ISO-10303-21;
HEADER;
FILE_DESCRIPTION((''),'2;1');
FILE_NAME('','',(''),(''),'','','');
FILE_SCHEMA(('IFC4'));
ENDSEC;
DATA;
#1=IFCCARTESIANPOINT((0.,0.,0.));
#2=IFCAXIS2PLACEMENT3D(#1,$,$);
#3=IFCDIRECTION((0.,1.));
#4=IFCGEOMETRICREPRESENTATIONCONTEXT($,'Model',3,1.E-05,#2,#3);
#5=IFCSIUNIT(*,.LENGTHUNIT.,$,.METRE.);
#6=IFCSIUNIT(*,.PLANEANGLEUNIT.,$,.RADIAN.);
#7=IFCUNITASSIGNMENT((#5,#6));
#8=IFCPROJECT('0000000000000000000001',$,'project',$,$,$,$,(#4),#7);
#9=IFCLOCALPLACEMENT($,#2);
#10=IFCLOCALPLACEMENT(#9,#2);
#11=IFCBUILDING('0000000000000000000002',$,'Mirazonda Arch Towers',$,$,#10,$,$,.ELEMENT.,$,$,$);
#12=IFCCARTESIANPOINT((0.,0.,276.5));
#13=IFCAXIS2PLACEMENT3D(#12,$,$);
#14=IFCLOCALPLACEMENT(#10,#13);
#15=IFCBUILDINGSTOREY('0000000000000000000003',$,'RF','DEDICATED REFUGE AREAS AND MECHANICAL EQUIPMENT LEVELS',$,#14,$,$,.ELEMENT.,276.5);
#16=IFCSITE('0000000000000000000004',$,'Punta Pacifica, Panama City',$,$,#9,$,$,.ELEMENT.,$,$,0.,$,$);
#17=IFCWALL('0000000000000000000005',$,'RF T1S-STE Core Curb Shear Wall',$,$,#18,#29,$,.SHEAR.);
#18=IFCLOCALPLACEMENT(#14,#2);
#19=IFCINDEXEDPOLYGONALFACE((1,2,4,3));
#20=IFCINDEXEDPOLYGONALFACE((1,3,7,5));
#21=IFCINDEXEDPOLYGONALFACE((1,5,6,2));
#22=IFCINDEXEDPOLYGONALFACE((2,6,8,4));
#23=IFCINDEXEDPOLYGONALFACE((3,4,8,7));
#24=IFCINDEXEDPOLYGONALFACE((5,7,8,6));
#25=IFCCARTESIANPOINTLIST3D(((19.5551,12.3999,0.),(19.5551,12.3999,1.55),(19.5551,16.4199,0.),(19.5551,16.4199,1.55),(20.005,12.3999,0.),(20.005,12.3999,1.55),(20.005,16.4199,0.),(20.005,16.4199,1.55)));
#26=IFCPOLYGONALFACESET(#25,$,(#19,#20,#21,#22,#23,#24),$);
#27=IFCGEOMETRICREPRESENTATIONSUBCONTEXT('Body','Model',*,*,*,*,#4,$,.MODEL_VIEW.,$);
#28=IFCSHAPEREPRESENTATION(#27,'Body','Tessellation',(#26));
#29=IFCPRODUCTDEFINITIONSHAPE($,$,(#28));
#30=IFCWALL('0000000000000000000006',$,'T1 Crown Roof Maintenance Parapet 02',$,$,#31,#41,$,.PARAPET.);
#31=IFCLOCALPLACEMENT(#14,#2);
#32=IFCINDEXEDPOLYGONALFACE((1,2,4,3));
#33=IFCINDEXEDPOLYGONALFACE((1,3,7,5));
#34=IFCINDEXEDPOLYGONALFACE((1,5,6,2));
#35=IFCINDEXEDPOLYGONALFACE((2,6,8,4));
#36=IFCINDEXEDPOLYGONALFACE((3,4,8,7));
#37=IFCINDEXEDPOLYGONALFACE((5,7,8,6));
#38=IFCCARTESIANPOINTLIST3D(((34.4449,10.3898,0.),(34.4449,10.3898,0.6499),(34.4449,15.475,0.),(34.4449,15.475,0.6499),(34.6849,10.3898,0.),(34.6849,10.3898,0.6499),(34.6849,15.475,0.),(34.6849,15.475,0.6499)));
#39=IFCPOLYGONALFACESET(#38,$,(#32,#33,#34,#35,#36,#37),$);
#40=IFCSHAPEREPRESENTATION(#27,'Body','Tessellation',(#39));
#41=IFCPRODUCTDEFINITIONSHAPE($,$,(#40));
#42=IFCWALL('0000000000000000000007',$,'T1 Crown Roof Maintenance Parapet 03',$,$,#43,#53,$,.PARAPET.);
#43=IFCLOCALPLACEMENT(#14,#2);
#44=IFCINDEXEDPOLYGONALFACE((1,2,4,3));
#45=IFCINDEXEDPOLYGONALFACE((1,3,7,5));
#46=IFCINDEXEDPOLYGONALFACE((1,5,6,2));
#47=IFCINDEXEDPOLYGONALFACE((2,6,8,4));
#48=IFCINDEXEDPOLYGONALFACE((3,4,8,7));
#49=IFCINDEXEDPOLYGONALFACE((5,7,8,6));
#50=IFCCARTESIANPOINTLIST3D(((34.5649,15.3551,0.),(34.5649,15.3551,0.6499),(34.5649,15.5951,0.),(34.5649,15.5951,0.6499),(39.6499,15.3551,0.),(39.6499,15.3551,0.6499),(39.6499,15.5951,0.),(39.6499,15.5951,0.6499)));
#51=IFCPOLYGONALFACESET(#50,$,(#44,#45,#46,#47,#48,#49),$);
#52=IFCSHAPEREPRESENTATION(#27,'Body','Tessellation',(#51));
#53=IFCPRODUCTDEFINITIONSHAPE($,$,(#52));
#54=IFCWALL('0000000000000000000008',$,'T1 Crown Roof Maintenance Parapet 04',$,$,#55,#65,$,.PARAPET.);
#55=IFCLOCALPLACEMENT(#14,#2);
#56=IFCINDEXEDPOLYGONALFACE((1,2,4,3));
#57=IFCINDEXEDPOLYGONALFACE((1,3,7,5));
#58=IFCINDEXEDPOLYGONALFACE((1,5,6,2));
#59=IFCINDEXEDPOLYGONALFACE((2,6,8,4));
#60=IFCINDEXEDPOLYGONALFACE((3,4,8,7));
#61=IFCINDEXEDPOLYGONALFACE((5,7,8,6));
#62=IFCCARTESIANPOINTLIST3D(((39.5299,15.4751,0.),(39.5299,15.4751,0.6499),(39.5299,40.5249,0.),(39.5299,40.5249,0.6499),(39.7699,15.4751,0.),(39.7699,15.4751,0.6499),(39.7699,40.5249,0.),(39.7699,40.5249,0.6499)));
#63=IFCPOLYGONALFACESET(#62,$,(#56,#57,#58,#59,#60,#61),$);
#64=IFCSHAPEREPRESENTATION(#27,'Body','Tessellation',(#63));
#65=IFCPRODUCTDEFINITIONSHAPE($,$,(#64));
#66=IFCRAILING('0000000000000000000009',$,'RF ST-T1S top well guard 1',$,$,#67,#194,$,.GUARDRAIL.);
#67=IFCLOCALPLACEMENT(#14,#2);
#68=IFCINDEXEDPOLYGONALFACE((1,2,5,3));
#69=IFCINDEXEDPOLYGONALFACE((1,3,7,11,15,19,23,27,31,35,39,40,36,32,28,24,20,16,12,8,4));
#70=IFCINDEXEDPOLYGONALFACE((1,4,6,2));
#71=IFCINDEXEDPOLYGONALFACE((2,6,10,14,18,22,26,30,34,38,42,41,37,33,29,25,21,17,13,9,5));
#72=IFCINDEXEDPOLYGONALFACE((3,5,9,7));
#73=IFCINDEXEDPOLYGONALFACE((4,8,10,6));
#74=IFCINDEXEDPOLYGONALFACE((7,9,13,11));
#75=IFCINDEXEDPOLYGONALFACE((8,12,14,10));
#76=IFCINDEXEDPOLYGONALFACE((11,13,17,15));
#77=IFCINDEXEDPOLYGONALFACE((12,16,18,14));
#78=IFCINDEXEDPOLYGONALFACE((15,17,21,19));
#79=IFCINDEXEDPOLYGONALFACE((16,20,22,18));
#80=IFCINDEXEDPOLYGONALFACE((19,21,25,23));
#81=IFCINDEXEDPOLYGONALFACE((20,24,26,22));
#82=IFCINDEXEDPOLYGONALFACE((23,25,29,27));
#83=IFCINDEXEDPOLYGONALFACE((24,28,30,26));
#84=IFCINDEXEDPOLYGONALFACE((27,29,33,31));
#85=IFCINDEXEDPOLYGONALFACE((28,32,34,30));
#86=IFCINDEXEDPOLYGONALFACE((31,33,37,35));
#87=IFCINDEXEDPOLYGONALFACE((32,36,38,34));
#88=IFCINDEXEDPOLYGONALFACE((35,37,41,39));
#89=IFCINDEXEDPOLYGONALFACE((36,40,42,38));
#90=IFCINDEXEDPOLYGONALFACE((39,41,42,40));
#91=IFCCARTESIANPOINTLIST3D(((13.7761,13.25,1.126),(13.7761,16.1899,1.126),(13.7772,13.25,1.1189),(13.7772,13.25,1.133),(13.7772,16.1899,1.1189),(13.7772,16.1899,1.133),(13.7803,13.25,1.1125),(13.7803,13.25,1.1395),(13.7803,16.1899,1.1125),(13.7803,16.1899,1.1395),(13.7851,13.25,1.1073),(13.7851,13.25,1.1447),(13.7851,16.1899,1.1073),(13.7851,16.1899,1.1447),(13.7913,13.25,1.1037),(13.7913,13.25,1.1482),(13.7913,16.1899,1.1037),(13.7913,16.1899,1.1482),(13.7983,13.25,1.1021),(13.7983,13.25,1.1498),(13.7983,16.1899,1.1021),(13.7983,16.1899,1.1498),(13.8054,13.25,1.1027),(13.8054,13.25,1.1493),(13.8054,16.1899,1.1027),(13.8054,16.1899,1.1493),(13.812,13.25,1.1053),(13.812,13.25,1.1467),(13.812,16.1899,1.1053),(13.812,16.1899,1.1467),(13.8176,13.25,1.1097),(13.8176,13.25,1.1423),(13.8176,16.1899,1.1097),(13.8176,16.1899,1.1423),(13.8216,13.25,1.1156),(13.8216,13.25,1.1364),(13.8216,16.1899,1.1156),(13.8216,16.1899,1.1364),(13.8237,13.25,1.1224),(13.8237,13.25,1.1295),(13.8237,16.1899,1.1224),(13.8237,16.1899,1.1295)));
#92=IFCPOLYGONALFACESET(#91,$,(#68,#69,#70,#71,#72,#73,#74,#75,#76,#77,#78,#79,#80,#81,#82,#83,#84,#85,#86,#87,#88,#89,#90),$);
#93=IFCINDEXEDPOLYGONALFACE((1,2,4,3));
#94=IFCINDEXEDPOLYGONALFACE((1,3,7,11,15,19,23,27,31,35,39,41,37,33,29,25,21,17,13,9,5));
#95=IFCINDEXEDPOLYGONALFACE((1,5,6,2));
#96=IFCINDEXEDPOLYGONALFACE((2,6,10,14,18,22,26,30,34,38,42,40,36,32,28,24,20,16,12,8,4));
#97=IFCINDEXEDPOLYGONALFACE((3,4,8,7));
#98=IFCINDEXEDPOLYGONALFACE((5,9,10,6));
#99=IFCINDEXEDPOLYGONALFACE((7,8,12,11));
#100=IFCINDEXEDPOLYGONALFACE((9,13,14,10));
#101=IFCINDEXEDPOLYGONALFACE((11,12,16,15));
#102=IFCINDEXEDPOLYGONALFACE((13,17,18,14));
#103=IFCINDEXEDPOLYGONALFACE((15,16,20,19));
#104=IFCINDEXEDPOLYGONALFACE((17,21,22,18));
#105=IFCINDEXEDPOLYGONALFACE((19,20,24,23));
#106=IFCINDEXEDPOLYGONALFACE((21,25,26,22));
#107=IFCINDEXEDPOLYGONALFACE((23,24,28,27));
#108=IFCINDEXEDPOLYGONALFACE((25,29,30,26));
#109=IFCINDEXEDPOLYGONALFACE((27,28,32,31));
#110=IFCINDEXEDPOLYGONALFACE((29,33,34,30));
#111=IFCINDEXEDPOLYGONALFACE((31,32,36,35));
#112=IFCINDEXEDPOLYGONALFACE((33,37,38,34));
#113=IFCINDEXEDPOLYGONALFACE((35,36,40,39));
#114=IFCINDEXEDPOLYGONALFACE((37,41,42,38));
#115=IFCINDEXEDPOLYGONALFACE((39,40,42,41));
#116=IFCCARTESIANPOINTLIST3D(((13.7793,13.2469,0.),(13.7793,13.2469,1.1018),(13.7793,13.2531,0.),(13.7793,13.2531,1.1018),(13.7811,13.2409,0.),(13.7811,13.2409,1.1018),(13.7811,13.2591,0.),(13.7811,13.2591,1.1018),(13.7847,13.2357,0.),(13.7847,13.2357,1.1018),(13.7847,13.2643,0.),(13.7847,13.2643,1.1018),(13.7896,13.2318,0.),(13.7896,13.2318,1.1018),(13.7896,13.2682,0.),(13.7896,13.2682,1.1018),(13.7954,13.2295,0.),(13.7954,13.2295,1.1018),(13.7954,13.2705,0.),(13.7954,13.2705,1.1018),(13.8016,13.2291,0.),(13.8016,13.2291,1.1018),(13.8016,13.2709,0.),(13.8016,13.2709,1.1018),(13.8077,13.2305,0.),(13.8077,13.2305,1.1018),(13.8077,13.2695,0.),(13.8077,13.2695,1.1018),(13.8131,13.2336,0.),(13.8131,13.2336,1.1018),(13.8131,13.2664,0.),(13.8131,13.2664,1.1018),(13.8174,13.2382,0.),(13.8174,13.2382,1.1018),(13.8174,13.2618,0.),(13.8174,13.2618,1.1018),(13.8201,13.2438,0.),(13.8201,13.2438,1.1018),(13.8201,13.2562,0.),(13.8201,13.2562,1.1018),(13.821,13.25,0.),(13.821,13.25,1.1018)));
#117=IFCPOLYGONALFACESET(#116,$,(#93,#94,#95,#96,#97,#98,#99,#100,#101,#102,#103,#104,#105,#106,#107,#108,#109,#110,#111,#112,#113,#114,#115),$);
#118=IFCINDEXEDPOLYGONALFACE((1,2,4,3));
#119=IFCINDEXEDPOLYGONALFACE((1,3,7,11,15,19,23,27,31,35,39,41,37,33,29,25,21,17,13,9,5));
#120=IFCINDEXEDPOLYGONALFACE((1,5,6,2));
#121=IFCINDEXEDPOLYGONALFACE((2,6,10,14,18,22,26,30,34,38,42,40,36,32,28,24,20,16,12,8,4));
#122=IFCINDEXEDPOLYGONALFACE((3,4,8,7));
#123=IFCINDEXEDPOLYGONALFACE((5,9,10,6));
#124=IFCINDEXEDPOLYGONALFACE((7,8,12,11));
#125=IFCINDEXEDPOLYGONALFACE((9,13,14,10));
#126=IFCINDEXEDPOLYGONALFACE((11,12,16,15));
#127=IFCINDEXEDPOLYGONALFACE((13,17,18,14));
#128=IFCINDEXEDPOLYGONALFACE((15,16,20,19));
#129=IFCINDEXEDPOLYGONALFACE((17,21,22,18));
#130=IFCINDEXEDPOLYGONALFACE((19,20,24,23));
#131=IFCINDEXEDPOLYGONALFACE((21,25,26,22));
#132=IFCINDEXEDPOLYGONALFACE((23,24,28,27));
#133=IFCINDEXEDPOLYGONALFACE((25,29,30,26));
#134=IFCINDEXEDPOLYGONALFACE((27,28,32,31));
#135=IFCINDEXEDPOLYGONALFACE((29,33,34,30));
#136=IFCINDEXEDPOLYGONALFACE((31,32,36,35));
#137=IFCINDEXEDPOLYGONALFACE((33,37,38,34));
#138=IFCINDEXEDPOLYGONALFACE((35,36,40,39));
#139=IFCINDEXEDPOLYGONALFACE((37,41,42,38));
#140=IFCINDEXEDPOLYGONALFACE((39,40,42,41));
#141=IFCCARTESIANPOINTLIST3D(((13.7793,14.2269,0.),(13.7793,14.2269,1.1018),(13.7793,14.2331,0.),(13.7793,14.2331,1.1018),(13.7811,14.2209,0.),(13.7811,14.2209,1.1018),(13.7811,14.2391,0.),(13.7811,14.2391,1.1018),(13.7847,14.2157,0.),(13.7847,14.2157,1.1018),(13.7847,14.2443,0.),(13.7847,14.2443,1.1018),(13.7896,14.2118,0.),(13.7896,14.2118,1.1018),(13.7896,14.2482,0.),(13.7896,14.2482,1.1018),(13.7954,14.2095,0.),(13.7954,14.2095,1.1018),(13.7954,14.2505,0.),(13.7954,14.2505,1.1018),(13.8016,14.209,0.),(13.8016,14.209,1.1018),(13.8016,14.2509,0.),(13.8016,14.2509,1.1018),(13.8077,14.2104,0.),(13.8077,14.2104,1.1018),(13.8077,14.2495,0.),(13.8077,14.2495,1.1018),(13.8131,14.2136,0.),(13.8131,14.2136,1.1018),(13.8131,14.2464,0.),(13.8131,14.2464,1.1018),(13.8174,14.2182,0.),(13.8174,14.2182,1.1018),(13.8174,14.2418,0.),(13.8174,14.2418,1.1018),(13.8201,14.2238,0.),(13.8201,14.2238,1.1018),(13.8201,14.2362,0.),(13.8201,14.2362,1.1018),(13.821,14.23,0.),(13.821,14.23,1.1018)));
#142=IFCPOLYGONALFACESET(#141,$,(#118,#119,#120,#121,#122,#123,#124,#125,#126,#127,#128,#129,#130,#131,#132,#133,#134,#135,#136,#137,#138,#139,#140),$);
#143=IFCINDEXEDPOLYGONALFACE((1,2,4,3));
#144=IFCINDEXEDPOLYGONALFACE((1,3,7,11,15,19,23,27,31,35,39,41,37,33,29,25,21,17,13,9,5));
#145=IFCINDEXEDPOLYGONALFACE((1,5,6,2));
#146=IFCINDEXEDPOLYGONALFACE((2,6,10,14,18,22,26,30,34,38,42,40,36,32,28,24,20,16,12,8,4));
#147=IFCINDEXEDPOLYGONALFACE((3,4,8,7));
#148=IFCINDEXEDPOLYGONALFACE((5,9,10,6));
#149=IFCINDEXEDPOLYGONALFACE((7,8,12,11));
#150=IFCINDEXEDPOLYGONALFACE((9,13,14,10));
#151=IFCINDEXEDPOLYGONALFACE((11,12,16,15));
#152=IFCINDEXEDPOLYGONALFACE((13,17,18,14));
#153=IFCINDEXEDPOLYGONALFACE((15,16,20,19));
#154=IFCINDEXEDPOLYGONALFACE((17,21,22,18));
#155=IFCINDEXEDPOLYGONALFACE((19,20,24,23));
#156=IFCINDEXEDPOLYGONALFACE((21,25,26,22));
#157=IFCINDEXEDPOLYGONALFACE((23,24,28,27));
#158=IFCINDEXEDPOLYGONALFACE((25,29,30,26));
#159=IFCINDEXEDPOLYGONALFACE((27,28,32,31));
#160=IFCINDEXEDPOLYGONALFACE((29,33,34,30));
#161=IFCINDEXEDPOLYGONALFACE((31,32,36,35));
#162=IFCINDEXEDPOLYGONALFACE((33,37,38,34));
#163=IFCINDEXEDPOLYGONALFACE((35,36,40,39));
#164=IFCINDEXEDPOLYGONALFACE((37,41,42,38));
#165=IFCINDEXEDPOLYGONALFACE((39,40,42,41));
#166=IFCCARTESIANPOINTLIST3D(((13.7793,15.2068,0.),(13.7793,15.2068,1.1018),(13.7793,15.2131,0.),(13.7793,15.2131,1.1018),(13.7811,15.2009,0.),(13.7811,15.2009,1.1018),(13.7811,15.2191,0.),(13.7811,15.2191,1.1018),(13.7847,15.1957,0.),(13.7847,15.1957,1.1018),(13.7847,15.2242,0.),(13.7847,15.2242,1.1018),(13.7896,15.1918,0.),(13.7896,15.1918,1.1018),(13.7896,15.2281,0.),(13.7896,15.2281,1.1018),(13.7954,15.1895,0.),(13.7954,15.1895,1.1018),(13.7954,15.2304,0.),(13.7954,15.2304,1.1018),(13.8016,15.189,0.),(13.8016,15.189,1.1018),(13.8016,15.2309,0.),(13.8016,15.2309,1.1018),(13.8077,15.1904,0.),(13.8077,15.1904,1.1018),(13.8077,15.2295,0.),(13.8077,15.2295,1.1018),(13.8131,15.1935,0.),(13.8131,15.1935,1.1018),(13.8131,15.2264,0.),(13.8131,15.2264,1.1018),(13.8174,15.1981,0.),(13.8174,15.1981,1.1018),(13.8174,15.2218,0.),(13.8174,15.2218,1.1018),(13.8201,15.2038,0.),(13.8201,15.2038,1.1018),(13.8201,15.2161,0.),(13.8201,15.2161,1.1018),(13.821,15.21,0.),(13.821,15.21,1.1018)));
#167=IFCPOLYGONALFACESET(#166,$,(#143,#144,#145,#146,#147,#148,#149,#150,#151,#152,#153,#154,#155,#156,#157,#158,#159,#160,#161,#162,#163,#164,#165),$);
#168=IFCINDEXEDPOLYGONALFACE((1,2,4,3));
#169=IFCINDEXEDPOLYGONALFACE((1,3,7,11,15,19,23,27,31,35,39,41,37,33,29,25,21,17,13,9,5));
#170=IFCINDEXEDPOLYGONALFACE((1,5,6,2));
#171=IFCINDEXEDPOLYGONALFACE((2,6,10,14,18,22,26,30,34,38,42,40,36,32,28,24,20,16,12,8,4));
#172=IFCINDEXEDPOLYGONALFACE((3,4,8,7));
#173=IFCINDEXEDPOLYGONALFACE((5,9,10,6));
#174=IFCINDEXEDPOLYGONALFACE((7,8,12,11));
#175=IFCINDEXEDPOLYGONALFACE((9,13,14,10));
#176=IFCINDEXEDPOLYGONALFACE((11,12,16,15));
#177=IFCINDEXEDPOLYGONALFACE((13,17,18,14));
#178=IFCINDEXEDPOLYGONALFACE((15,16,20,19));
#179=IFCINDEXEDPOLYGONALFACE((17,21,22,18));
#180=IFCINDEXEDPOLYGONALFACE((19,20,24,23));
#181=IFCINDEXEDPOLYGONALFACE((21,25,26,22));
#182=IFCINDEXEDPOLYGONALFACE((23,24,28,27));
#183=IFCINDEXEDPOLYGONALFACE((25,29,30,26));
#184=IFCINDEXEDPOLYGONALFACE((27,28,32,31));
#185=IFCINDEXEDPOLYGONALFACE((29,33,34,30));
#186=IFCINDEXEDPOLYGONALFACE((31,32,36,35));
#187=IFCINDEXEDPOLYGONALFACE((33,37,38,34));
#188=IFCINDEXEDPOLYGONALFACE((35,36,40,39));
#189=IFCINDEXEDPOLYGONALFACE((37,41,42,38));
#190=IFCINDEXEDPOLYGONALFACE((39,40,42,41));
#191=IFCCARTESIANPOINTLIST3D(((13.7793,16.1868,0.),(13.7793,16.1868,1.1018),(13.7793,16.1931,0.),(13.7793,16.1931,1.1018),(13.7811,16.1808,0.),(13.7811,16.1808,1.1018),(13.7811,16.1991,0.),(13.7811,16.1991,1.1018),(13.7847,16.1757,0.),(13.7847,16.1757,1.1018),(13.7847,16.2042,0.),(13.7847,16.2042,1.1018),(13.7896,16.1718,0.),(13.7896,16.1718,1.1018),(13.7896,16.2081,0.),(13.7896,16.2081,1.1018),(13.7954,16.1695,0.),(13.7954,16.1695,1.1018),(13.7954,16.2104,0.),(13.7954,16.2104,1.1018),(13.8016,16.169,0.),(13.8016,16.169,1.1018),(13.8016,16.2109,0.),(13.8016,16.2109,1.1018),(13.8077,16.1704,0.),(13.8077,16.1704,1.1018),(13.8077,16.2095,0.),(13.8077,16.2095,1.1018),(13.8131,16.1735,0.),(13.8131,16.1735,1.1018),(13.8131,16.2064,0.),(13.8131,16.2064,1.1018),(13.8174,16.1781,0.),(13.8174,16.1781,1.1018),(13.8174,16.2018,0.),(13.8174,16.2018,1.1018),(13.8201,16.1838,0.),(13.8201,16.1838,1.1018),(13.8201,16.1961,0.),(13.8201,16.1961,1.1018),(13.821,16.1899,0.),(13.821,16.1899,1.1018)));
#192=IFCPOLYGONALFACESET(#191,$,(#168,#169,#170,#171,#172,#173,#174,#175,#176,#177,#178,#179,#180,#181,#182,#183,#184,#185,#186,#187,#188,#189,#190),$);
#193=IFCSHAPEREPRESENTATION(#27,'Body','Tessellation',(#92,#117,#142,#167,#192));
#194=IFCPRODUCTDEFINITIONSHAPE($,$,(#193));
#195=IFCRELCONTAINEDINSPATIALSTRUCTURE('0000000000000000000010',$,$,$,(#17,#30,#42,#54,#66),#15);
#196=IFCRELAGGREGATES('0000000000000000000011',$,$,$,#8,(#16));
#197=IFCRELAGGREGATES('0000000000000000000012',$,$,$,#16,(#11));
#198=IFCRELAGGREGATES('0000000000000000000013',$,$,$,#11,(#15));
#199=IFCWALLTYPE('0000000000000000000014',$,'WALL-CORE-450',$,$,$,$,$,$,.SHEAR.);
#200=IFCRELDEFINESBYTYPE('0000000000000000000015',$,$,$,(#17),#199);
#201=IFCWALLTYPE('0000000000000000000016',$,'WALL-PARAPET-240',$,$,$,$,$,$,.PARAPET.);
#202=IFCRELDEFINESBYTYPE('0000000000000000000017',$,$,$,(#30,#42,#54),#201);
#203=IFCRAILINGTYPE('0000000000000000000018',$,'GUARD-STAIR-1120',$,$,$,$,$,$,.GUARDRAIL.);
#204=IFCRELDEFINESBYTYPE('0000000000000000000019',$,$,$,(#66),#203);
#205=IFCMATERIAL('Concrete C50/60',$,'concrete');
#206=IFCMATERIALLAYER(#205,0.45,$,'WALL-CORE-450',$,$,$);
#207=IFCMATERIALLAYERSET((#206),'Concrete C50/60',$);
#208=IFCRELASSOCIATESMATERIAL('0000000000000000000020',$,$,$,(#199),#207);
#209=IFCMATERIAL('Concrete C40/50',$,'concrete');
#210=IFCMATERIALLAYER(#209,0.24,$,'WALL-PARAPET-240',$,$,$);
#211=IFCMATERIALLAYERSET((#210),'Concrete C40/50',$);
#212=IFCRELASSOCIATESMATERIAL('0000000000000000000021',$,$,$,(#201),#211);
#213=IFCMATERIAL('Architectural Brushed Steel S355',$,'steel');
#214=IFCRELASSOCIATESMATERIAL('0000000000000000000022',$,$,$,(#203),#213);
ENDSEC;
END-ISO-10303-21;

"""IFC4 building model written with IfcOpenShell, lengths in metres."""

from ifc_helpers import new_model, si_unit, direction, frame, frame_2d, origin, origin_2d, place, context, subcontext, project, spatial, rectangle, circle, extrude, material, layer, layer_set, type_object, element, save


model = new_model("IFC4")

# Units and contexts
model_context = context("Model", 3, precision=1e-05, world=origin(), true_north=direction((0.0, 1.0)))
body_context = subcontext(model_context, "Body", "Model", "MODEL_VIEW")
ifc_project = project(units=[si_unit("LENGTHUNIT", "METRE"), si_unit("PLANEANGLEUNIT", "RADIAN")], contexts=[model_context])

# Site, building, storey
site_placement = place(None, origin())
site = spatial("IfcSite", under=ifc_project, at=site_placement, Name="Punta Pacifica, Panama City", CompositionType="ELEMENT", RefElevation=0.0)
building_placement = place(site_placement, origin())
building = spatial("IfcBuilding", under=site, at=building_placement, Name="Mirazonda Arch Towers", CompositionType="ELEMENT")
storey_placement = place(building_placement, frame((0.0, 0.0, 276.5)))
storey = spatial("IfcBuildingStorey", under=building, at=storey_placement, Name="RF", Description="DEDICATED REFUGE AREAS AND MECHANICAL EQUIPMENT LEVELS", CompositionType="ELEMENT", Elevation=276.5)

# Walls
ifc_material_1 = material(Name="Concrete C50/60", Category="concrete")
ifc_layer_1 = layer(ifc_material_1, 0.45, Name="WALL-CORE-450")
ifc_layer_set_1 = layer_set([ifc_layer_1], Name="Concrete C50/60")
wall_type_1 = type_object("IfcWallType", Name="WALL-CORE-450", PredefinedType="SHEAR", material=ifc_layer_set_1)
wall_1_placement = place(storey_placement, frame((19.78, 12.3999, 0.0), z_axis=(0.0, 0.0, 1.0), x_axis=(0.0, 1.0, 0.0)))
element("IfcWall", 1, at=wall_1_placement, inside=storey, type_object=wall_type_1, Name="RF T1S-STE Core Curb Shear Wall", PredefinedType="SHEAR", context=body_context, shape_type="SweptSolid", body=[
    extrude(rectangle(XDim=4.02, YDim=0.45, at=frame_2d((2.01, 0.0))), origin(), (0.0, 0.0, 1.0), 1.55),
])
ifc_material_2 = material(Name="Concrete C40/50", Category="concrete")
ifc_layer_2 = layer(ifc_material_2, 0.24, Name="WALL-PARAPET-240")
ifc_layer_set_2 = layer_set([ifc_layer_2], Name="Concrete C40/50")
wall_type_2 = type_object("IfcWallType", Name="WALL-PARAPET-240", PredefinedType="PARAPET", material=ifc_layer_set_2)
wall_2_placement = place(storey_placement, frame((34.5649, 10.3899, 0.0), z_axis=(0.0, 0.0, 1.0), x_axis=(0.0, 1.0, 0.0)))
element("IfcWall", 2, at=wall_2_placement, inside=storey, type_object=wall_type_2, Name="T1 Crown Roof Maintenance Parapet 02", PredefinedType="PARAPET", context=body_context, shape_type="SweptSolid", body=[
    extrude(rectangle(XDim=5.0852, YDim=0.24, at=frame_2d((2.5425, 0.0))), origin(), (0.0, 0.0, 1.0), 0.6499),
])
wall_3_placement = place(storey_placement, frame((34.5649, 15.4751, 0.0), z_axis=(0.0, 0.0, 1.0), x_axis=(1.0, 0.0, 0.0)))
element("IfcWall", 3, at=wall_3_placement, inside=storey, type_object=wall_type_2, Name="T1 Crown Roof Maintenance Parapet 03", PredefinedType="PARAPET", context=body_context, shape_type="SweptSolid", body=[
    extrude(rectangle(XDim=5.085, YDim=0.24, at=frame_2d((2.5425, 0.0))), origin(), (0.0, 0.0, 1.0), 0.6499),
])
wall_4_placement = place(storey_placement, frame((39.6499, 15.4751, 0.0), z_axis=(0.0, 0.0, 1.0), x_axis=(0.0, 1.0, 0.0)))
element("IfcWall", 4, at=wall_4_placement, inside=storey, type_object=wall_type_2, Name="T1 Crown Roof Maintenance Parapet 04", PredefinedType="PARAPET", context=body_context, shape_type="SweptSolid", body=[
    extrude(rectangle(XDim=25.0498, YDim=0.24, at=frame_2d((12.5249, 0.0))), origin(), (0.0, 0.0, 1.0), 0.6499),
])

# Railing
ifc_material_3 = material(Name="Architectural Brushed Steel S355", Category="steel")
railing_type = type_object("IfcRailingType", Name="GUARD-STAIR-1120", PredefinedType="GUARDRAIL", material=ifc_material_3)
railing_placement = place(storey_placement, frame((13.8, 13.25, 0.0)))
element("IfcRailing", 5, at=railing_placement, inside=storey, type_object=railing_type, Name="RF ST-T1S top well guard 1", PredefinedType="GUARDRAIL", context=body_context, shape_type="SweptSolid", body=[
    extrude(circle(Radius=0.0239, at=origin_2d()), frame((0.0, 0.0, 1.126), z_axis=(0.0, 1.0, 0.0), x_axis=(-1.0, 0.0, 0.0)), (0.0, 0.0, 1.0), 2.9399),
    extrude(circle(Radius=0.021, at=origin_2d()), origin(), (0.0, 0.0, 1.0), 1.1018),
    extrude(circle(Radius=0.021, at=origin_2d()), frame((0.0, 0.98, 0.0)), (0.0, 0.0, 1.0), 1.1018),
    extrude(circle(Radius=0.021, at=origin_2d()), frame((0.0, 1.96, 0.0)), (0.0, 0.0, 1.0), 1.1018),
    extrude(circle(Radius=0.021, at=origin_2d()), frame((0.0, 2.9399, 0.0)), (0.0, 0.0, 1.0), 1.1018),
])

save(model, "model.ifc")
